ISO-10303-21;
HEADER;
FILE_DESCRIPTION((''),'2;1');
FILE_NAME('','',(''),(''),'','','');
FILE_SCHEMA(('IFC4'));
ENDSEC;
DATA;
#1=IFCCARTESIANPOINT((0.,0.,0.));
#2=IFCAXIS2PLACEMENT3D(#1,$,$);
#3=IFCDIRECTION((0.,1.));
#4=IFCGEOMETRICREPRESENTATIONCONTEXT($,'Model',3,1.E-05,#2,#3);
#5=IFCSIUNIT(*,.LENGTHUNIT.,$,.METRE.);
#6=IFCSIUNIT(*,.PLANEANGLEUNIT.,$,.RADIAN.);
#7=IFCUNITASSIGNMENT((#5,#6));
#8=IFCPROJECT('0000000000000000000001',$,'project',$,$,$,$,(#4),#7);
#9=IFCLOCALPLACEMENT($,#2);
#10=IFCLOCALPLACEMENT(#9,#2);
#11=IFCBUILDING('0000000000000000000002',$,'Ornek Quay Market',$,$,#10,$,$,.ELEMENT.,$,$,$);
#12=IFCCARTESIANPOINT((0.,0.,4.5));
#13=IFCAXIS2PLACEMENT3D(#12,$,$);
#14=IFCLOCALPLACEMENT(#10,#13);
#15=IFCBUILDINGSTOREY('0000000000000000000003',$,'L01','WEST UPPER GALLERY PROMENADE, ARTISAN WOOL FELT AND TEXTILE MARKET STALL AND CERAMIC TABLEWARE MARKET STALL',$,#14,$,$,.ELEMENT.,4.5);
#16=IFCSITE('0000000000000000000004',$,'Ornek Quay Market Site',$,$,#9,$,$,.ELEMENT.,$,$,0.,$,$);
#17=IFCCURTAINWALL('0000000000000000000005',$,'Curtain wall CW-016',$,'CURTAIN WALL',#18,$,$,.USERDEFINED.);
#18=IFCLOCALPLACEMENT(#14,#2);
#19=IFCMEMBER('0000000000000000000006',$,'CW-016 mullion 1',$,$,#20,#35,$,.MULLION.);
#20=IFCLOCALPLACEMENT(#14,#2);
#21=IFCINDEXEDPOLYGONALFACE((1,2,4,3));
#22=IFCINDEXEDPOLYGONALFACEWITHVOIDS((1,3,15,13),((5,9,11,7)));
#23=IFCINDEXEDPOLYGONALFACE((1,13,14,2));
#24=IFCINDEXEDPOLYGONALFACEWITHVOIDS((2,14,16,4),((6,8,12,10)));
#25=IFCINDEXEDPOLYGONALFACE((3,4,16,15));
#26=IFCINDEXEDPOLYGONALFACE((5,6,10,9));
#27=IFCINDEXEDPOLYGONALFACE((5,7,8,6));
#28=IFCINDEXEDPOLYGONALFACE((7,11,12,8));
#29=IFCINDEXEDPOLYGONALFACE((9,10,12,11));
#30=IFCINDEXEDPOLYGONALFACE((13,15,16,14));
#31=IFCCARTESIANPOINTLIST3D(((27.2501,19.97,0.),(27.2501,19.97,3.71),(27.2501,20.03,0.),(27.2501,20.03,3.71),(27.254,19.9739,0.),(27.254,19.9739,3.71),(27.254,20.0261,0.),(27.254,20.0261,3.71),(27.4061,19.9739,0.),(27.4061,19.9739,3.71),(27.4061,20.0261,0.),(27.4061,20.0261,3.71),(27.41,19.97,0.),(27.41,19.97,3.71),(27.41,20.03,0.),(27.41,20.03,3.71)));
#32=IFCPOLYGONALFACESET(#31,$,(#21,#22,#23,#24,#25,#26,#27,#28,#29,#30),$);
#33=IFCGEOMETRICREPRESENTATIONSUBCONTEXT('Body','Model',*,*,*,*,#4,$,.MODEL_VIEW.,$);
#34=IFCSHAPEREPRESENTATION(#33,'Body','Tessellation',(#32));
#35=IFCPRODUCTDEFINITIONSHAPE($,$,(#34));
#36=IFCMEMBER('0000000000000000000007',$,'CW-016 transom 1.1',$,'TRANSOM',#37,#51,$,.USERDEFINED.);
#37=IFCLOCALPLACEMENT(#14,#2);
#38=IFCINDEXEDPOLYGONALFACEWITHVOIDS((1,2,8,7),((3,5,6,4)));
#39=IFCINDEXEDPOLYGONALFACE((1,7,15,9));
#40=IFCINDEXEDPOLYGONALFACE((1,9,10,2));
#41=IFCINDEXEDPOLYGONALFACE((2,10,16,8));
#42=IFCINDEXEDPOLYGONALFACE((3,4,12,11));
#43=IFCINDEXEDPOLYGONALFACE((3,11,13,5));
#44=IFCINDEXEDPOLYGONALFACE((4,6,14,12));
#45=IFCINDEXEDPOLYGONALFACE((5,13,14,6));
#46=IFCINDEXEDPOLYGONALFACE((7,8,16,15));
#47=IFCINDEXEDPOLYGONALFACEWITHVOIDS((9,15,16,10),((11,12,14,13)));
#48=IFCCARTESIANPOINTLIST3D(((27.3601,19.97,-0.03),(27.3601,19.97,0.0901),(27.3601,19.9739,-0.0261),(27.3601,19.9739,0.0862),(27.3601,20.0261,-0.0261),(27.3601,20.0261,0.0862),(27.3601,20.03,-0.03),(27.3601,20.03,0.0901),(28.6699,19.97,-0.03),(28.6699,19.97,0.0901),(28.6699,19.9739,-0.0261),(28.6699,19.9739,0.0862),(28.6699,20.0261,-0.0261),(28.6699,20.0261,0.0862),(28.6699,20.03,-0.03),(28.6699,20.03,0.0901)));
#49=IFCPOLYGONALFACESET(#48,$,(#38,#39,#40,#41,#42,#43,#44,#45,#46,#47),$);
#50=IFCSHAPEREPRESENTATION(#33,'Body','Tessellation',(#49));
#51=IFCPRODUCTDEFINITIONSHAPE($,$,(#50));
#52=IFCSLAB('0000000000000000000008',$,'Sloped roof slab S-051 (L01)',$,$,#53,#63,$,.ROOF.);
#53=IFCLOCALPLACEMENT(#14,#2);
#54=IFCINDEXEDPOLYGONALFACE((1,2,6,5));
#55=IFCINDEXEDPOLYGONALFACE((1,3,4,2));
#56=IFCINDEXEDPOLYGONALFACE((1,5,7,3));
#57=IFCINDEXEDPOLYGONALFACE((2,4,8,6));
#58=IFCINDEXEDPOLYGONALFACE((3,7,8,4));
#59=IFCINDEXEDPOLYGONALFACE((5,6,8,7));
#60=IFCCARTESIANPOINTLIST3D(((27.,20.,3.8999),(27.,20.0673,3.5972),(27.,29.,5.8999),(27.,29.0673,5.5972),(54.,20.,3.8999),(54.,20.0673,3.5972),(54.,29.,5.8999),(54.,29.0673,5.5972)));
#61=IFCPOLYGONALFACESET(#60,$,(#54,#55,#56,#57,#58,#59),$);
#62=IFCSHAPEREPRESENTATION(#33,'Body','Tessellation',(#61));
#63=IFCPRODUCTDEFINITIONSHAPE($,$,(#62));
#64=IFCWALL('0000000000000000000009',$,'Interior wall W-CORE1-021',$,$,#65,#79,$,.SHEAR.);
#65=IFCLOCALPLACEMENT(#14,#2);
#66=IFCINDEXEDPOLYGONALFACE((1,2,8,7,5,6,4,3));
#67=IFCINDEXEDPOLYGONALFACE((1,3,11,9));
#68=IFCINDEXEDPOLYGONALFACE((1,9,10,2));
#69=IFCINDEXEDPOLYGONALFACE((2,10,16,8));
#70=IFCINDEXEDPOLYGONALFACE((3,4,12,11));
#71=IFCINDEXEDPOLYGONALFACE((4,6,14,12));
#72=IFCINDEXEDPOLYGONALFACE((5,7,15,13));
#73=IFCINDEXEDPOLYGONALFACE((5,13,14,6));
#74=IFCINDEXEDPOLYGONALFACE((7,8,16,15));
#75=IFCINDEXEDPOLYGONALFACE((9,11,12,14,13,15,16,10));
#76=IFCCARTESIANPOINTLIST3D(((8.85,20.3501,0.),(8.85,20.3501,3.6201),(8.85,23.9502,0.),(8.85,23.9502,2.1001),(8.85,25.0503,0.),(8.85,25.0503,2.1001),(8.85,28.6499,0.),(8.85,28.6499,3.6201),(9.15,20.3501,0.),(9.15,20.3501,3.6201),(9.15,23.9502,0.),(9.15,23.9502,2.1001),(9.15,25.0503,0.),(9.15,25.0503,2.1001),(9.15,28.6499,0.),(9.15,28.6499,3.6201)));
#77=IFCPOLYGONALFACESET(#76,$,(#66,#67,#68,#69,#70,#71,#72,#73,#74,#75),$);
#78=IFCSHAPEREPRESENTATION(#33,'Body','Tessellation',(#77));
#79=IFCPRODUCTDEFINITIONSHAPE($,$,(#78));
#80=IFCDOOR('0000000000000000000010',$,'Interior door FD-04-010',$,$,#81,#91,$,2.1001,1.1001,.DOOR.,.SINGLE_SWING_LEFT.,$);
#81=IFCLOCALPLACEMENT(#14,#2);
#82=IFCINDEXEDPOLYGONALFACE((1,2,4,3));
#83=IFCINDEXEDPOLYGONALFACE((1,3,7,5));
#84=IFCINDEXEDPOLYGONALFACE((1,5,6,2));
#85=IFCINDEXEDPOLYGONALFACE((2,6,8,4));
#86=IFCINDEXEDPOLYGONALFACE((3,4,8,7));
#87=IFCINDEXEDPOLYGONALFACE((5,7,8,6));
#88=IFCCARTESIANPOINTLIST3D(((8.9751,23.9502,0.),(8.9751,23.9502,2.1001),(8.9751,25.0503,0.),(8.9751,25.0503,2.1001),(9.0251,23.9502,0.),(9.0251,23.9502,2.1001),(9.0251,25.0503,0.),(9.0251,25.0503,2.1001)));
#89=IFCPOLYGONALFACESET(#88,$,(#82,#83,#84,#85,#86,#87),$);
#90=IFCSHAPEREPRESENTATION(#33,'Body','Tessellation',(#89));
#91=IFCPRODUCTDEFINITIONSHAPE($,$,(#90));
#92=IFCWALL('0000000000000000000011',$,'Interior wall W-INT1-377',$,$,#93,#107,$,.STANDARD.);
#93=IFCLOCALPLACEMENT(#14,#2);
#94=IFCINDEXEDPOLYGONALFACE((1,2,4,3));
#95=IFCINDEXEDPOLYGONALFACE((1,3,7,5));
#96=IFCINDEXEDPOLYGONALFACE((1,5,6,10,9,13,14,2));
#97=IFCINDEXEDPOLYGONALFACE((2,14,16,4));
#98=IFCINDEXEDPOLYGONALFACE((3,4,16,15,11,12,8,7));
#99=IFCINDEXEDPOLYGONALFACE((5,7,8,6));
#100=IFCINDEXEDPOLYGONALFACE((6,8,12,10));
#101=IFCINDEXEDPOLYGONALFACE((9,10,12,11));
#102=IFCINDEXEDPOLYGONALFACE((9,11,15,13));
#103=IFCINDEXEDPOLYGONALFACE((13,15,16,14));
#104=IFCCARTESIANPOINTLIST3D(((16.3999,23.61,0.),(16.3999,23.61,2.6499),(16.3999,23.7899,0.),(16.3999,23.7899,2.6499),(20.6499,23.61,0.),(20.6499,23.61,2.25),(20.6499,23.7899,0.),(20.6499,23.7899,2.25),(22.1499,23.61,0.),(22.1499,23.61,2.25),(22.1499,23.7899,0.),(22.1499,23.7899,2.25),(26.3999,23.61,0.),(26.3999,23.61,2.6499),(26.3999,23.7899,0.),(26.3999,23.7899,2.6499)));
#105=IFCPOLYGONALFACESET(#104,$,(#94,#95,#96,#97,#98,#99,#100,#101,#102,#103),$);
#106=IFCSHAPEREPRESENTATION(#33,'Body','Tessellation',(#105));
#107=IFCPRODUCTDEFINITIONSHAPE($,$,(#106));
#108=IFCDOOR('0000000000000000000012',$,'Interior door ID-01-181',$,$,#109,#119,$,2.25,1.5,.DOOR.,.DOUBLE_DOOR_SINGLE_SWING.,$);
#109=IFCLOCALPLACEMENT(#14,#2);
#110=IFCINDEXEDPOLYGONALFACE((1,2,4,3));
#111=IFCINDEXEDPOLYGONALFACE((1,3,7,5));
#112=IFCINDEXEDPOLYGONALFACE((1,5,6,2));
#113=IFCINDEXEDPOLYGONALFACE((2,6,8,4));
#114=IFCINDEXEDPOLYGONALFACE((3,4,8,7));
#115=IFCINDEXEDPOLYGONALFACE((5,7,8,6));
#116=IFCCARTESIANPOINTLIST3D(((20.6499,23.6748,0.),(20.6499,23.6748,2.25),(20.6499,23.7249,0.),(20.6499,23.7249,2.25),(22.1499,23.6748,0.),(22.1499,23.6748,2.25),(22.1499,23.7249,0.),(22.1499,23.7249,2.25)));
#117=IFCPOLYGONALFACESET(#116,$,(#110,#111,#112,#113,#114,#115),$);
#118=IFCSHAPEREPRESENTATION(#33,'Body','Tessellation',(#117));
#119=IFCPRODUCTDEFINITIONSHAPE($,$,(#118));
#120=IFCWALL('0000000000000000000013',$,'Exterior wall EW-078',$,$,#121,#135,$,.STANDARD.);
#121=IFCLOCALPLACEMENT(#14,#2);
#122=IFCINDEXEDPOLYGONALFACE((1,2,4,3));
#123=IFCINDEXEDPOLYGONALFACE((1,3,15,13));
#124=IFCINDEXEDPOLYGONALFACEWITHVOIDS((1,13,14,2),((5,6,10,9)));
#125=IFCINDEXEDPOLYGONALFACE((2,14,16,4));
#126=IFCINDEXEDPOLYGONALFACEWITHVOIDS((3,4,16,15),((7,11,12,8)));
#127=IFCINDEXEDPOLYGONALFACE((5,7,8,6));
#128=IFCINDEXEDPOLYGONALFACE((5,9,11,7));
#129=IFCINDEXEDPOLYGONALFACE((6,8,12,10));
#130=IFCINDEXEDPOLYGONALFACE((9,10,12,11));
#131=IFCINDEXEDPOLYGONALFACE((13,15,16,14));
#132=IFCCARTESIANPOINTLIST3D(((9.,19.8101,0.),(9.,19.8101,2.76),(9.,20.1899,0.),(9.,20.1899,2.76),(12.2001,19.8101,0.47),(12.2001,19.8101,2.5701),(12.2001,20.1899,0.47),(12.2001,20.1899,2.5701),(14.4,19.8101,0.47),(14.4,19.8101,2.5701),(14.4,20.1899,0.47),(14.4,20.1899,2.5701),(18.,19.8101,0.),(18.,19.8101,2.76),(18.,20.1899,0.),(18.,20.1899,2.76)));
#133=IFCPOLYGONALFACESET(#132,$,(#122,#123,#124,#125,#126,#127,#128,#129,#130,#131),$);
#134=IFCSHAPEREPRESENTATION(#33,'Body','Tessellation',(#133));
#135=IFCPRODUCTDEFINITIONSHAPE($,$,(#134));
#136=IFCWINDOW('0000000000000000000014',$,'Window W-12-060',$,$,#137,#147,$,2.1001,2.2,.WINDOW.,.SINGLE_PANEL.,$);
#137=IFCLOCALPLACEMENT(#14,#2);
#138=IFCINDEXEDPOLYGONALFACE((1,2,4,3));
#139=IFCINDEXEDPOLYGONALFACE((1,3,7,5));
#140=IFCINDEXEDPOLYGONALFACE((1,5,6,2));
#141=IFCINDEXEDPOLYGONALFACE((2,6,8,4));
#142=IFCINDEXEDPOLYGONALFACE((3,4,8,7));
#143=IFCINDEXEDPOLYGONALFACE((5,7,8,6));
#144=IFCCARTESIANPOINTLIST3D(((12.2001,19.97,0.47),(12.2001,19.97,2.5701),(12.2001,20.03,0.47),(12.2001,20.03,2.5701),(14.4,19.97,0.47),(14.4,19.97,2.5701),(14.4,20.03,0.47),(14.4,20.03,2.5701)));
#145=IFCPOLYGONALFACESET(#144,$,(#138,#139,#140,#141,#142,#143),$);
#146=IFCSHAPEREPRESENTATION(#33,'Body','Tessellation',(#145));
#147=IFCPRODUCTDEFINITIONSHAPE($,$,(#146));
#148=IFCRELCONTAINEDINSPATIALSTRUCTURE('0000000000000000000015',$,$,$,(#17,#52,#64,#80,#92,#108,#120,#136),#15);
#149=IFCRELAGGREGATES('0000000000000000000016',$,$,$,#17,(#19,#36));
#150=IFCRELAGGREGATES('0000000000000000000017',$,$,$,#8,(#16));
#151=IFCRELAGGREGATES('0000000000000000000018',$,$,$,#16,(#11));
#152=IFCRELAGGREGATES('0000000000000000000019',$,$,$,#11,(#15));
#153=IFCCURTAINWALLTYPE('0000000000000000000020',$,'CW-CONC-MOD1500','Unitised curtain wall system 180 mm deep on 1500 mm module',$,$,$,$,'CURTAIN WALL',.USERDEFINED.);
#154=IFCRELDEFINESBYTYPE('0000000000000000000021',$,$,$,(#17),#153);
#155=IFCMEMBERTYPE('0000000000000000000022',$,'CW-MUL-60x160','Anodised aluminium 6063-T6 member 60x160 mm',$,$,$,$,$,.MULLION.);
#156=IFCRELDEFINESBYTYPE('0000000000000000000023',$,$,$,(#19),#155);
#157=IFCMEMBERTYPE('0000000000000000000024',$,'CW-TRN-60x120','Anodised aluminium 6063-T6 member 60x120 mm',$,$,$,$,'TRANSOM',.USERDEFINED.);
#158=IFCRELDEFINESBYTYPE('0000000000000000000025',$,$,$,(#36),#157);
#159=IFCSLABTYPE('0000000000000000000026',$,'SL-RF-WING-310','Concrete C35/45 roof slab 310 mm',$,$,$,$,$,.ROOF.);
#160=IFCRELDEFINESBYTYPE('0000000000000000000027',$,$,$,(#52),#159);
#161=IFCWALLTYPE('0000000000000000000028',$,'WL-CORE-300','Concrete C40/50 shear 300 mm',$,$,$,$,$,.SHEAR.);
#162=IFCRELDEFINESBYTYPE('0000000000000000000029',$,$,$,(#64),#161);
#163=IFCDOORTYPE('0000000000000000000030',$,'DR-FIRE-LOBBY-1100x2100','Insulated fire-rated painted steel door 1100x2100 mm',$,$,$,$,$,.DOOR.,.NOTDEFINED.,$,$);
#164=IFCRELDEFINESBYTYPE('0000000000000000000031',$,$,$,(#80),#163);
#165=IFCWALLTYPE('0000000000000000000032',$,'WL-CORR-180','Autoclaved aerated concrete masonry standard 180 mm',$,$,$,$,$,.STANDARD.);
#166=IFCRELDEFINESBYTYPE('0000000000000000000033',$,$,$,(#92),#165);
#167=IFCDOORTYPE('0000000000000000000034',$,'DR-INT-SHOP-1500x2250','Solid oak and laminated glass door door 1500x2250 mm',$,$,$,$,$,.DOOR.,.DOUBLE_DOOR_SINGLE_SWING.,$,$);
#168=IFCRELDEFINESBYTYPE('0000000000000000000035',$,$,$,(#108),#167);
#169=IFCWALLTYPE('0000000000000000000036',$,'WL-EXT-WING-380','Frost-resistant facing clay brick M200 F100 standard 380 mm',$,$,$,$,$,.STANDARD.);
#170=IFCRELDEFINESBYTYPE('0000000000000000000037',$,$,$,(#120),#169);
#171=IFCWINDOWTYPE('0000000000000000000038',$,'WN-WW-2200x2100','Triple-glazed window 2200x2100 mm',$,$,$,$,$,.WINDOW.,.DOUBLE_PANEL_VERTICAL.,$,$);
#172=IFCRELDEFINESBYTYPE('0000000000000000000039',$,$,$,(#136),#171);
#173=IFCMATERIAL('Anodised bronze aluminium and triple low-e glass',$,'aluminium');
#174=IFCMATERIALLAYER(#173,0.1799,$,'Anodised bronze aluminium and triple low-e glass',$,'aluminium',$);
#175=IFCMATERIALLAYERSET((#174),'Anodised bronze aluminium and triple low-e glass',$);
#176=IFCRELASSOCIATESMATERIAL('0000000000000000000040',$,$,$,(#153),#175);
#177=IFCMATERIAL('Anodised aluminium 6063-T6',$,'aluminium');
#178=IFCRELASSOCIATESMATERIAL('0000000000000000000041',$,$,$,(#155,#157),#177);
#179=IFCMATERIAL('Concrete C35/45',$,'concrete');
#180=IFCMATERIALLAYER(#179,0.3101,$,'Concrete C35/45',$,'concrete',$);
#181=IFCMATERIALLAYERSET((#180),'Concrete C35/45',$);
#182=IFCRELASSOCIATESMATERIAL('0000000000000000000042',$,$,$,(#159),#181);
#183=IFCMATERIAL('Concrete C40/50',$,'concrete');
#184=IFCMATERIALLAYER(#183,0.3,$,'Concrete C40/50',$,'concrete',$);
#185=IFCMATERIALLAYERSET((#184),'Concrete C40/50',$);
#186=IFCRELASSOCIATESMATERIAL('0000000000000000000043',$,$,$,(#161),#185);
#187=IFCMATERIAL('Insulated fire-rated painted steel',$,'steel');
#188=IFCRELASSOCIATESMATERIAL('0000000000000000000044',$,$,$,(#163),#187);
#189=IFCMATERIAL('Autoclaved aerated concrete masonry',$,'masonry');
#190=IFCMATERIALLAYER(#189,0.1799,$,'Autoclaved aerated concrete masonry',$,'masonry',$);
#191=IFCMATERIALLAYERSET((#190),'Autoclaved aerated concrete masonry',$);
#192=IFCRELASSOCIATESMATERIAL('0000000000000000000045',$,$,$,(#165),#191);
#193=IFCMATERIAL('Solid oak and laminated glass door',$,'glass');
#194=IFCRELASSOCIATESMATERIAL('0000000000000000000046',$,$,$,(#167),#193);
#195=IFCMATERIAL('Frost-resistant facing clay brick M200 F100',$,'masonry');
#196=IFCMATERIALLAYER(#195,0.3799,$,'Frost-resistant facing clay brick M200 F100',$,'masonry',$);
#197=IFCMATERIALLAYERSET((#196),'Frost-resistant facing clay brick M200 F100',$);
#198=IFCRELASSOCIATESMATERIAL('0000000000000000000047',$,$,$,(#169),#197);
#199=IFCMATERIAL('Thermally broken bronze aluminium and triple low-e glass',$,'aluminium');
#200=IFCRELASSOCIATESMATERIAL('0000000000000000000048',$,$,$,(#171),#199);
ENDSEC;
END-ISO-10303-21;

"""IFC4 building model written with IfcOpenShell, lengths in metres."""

from ifc_helpers import new_model, si_unit, direction, frame, frame_2d, origin, origin_2d, place, context, subcontext, project, spatial, polyline, rectangle, hollow_rectangle, outline, extrude, material, layer, layer_set, material_profile, profile_set, type_object, element, fill, aggregate, save


model = new_model("IFC4")

# Units and contexts
model_context = context("Model", 3, precision=1e-05, world=origin(), true_north=direction((0.0, 1.0)))
body_context = subcontext(model_context, "Body", "Model", "MODEL_VIEW")
ifc_project = project(units=[si_unit("LENGTHUNIT", "METRE"), si_unit("PLANEANGLEUNIT", "RADIAN")], contexts=[model_context])

# Site, building, storey
site_placement = place(None, origin())
site = spatial("IfcSite", under=ifc_project, at=site_placement, Name="Ornek Quay Market Site", CompositionType="ELEMENT", RefElevation=0.0)
building_placement = place(site_placement, origin())
building = spatial("IfcBuilding", under=site, at=building_placement, Name="Ornek Quay Market", CompositionType="ELEMENT")
storey_placement = place(building_placement, frame((0.0, 0.0, 4.5)))
storey = spatial("IfcBuildingStorey", under=building, at=storey_placement, Name="L01", Description="WEST UPPER GALLERY PROMENADE, ARTISAN WOOL FELT AND TEXTILE MARKET STALL AND CERAMIC TABLEWARE MARKET STALL", CompositionType="ELEMENT", Elevation=4.5)

# Shared definitions
ifc_material_1 = material(Name="Concrete C40/50", Category="concrete")

# Shared definitions
ifc_material_2 = material(Name="Concrete C35/45", Category="concrete")

# Curtain wall, members
ifc_material_3 = material(Name="Anodised bronze aluminium and triple low-e glass", Category="aluminium")
ifc_layer_1 = layer(ifc_material_3, 0.1799, Name="Anodised bronze aluminium and triple low-e glass", Category="aluminium")
ifc_layer_set_1 = layer_set([ifc_layer_1], Name="Anodised bronze aluminium and triple low-e glass")
curtain_wall_type = type_object("IfcCurtainWallType", Name="CW-CONC-MOD1500", Description="Unitised curtain wall system 180 mm deep on 1500 mm module", ElementType="CURTAIN WALL", PredefinedType="USERDEFINED", material=ifc_layer_set_1)
curtain_wall_placement = place(storey_placement, origin())
curtain_wall = element("IfcCurtainWall", 1, at=curtain_wall_placement, inside=storey, type_object=curtain_wall_type, Name="Curtain wall CW-016", ObjectType="CURTAIN WALL", PredefinedType="USERDEFINED")
ifc_material_4 = material(Name="Anodised aluminium 6063-T6", Category="aluminium")
ifc_material_profile_1 = material_profile(ifc_material_4, hollow_rectangle(XDim=0.0601, YDim=0.1599, WallThickness=0.0039, at=origin_2d()), Name="CW-MUL-60x160", Category="aluminium")
ifc_profile_set_1 = profile_set([ifc_material_profile_1], Name="Anodised aluminium 6063-T6")
member_type_1 = type_object("IfcMemberType", Name="CW-MUL-60x160", Description="Anodised aluminium 6063-T6 member 60x160 mm", PredefinedType="MULLION", material=ifc_profile_set_1)
member_1_placement = place(storey_placement, frame((27.3301, 20.0, 0.0), z_axis=(0.0, 0.0, 1.0), x_axis=(0.0, 1.0, 0.0)))
member_1 = element("IfcMember", 2, at=member_1_placement, type_object=member_type_1, Name="CW-016 mullion 1", PredefinedType="MULLION", context=body_context, shape_type="SweptSolid", body=[
    extrude(hollow_rectangle(XDim=0.0601, YDim=0.1599, WallThickness=0.0039, at=origin_2d()), origin(), (0.0, 0.0, 1.0), 3.71),
])
ifc_material_profile_2 = material_profile(ifc_material_4, hollow_rectangle(XDim=0.0601, YDim=0.1201, WallThickness=0.0039, at=origin_2d()), Name="CW-TRN-60x120", Category="aluminium")
ifc_profile_set_2 = profile_set([ifc_material_profile_2], Name="Anodised aluminium 6063-T6")
member_type_2 = type_object("IfcMemberType", Name="CW-TRN-60x120", Description="Anodised aluminium 6063-T6 member 60x120 mm", ElementType="TRANSOM", PredefinedType="USERDEFINED", material=ifc_profile_set_2)
member_2_placement = place(storey_placement, frame((27.3601, 20.0, 0.03), z_axis=(1.0, 0.0, 0.0), x_axis=(0.0, 1.0, 0.0)))
member_2 = element("IfcMember", 3, at=member_2_placement, type_object=member_type_2, Name="CW-016 transom 1.1", ObjectType="TRANSOM", PredefinedType="USERDEFINED", context=body_context, shape_type="SweptSolid", body=[
    extrude(hollow_rectangle(XDim=0.0601, YDim=0.1201, WallThickness=0.0039, at=origin_2d()), origin(), (0.0, 0.0, 1.0), 1.3098),
])
aggregate(curtain_wall, [member_1, member_2])

# Slab
ifc_layer_2 = layer(ifc_material_2, 0.3101, Name="Concrete C35/45", Category="concrete")
ifc_layer_set_2 = layer_set([ifc_layer_2], Name="Concrete C35/45")
slab_type = type_object("IfcSlabType", Name="SL-RF-WING-310", Description="Concrete C35/45 roof slab 310 mm", PredefinedType="ROOF", material=ifc_layer_set_2)
slab_placement = place(storey_placement, frame((27.0, 20.0, 3.8999), z_axis=(0.0, -0.21693, 0.976187), x_axis=(1.0, 0.0, 0.0)))
element("IfcSlab", 4, at=slab_placement, inside=storey, type_object=slab_type, Name="Sloped roof slab S-051 (L01)", PredefinedType="ROOF", context=body_context, shape_type="SweptSolid", body=[
    extrude(outline(polyline([(0.0, 0.0), (27.0, 0.0), (27.0, 9.2195), (0.0, 9.2195), (0.0, 0.0)])), origin(), (0.0, 0.0, -1.0), 0.3101),
])

# Walls, openings, doors
ifc_layer_3 = layer(ifc_material_1, 0.3, Name="Concrete C40/50", Category="concrete")
ifc_layer_set_3 = layer_set([ifc_layer_3], Name="Concrete C40/50")
wall_type_1 = type_object("IfcWallType", Name="WL-CORE-300", Description="Concrete C40/50 shear 300 mm", PredefinedType="SHEAR", material=ifc_layer_set_3)
wall_1_placement = place(storey_placement, frame((9.0, 20.3501, 0.0), z_axis=(0.0, 0.0, 1.0), x_axis=(0.0, 1.0, 0.0)))
wall_1 = element("IfcWall", 5, at=wall_1_placement, inside=storey, type_object=wall_type_1, Name="Interior wall W-CORE1-021", PredefinedType="SHEAR", context=body_context, shape_type="SweptSolid", body=[
    extrude(rectangle(XDim=8.2998, YDim=0.3, at=frame_2d((4.1499, 0.0))), origin(), (0.0, 0.0, 1.0), 3.6201),
])
opening_1_placement = place(wall_1_placement, frame((3.6001, 0.0, 0.0)))
opening_1 = element("IfcOpeningElement", 6, at=opening_1_placement, cuts=wall_1, PredefinedType="OPENING", context=body_context, shape_type="SweptSolid", body=[
    extrude(rectangle(XDim=1.1001, YDim=2.1001, at=frame_2d((0.55, 1.05))), frame((0.0, 0.1599, 0.0), z_axis=(0.0, -1.0, 0.0), x_axis=(1.0, 0.0, 0.0)), (0.0, 0.0, 1.0), 0.3201),
])
ifc_material_5 = material(Name="Insulated fire-rated painted steel", Category="steel")
door_type_1 = type_object("IfcDoorType", Name="DR-FIRE-LOBBY-1100x2100", Description="Insulated fire-rated painted steel door 1100x2100 mm", OperationType="NOTDEFINED", PredefinedType="DOOR", material=ifc_material_5)
door_1_placement = place(opening_1_placement, origin())
door_1 = element("IfcDoor", 7, at=door_1_placement, inside=storey, type_object=door_type_1, Name="Interior door FD-04-010", OperationType="SINGLE_SWING_LEFT", OverallHeight=2.1001, OverallWidth=1.1001, PredefinedType="DOOR", context=body_context, shape_type="SweptSolid", body=[
    extrude(rectangle(XDim=1.1001, YDim=2.1001, at=frame_2d((0.55, 1.05))), frame((0.0, 0.0249, 0.0), z_axis=(0.0, -1.0, 0.0), x_axis=(1.0, 0.0, 0.0)), (0.0, 0.0, 1.0), 0.05),
])
fill(opening_1, door_1)
ifc_material_6 = material(Name="Autoclaved aerated concrete masonry", Category="masonry")
ifc_layer_4 = layer(ifc_material_6, 0.1799, Name="Autoclaved aerated concrete masonry", Category="masonry")
ifc_layer_set_4 = layer_set([ifc_layer_4], Name="Autoclaved aerated concrete masonry")
wall_type_2 = type_object("IfcWallType", Name="WL-CORR-180", Description="Autoclaved aerated concrete masonry standard 180 mm", PredefinedType="STANDARD", material=ifc_layer_set_4)
wall_2_placement = place(storey_placement, frame((16.3999, 23.7, 0.0), z_axis=(0.0, 0.0, 1.0), x_axis=(1.0, 0.0, 0.0)))
wall_2 = element("IfcWall", 8, at=wall_2_placement, inside=storey, type_object=wall_type_2, Name="Interior wall W-INT1-377", PredefinedType="STANDARD", context=body_context, shape_type="SweptSolid", body=[
    extrude(rectangle(XDim=10.0, YDim=0.1799, at=frame_2d((5.0, 0.0))), origin(), (0.0, 0.0, 1.0), 2.6499),
])
opening_2_placement = place(wall_2_placement, frame((4.25, 0.0, 0.0)))
opening_2 = element("IfcOpeningElement", 9, at=opening_2_placement, cuts=wall_2, PredefinedType="OPENING", context=body_context, shape_type="SweptSolid", body=[
    extrude(rectangle(XDim=1.5, YDim=2.25, at=frame_2d((0.75, 1.125))), frame((0.0, 0.0999, 0.0), z_axis=(0.0, -1.0, 0.0), x_axis=(1.0, 0.0, 0.0)), (0.0, 0.0, 1.0), 0.2),
])
ifc_material_7 = material(Name="Solid oak and laminated glass door", Category="glass")
door_type_2 = type_object("IfcDoorType", Name="DR-INT-SHOP-1500x2250", Description="Solid oak and laminated glass door door 1500x2250 mm", OperationType="DOUBLE_DOOR_SINGLE_SWING", PredefinedType="DOOR", material=ifc_material_7)
door_2_placement = place(opening_2_placement, origin())
door_2 = element("IfcDoor", 10, at=door_2_placement, inside=storey, type_object=door_type_2, Name="Interior door ID-01-181", OperationType="DOUBLE_DOOR_SINGLE_SWING", OverallHeight=2.25, OverallWidth=1.5, PredefinedType="DOOR", context=body_context, shape_type="SweptSolid", body=[
    extrude(rectangle(XDim=1.5, YDim=2.25, at=frame_2d((0.75, 1.125))), frame((0.0, 0.0249, 0.0), z_axis=(0.0, -1.0, 0.0), x_axis=(1.0, 0.0, 0.0)), (0.0, 0.0, 1.0), 0.05),
])
fill(opening_2, door_2)

# Wall, opening, window
ifc_material_8 = material(Name="Frost-resistant facing clay brick M200 F100", Category="masonry")
ifc_layer_5 = layer(ifc_material_8, 0.3799, Name="Frost-resistant facing clay brick M200 F100", Category="masonry")
ifc_layer_set_5 = layer_set([ifc_layer_5], Name="Frost-resistant facing clay brick M200 F100")
wall_type_3 = type_object("IfcWallType", Name="WL-EXT-WING-380", Description="Frost-resistant facing clay brick M200 F100 standard 380 mm", PredefinedType="STANDARD", material=ifc_layer_set_5)
wall_3_placement = place(storey_placement, frame((9.0, 20.0, 0.0), z_axis=(0.0, 0.0, 1.0), x_axis=(1.0, 0.0, 0.0)))
wall_3 = element("IfcWall", 11, at=wall_3_placement, inside=storey, type_object=wall_type_3, Name="Exterior wall EW-078", PredefinedType="STANDARD", context=body_context, shape_type="SweptSolid", body=[
    extrude(rectangle(XDim=9.0, YDim=0.3799, at=frame_2d((4.5, 0.0))), origin(), (0.0, 0.0, 1.0), 2.76),
])
opening_3_placement = place(wall_3_placement, frame((3.2, 0.0, 0.47)))
opening_3 = element("IfcOpeningElement", 12, at=opening_3_placement, cuts=wall_3, PredefinedType="OPENING", context=body_context, shape_type="SweptSolid", body=[
    extrude(rectangle(XDim=2.2, YDim=2.1001, at=frame_2d((1.1001, 1.05))), frame((0.0, 0.2, 0.0), z_axis=(0.0, -1.0, 0.0), x_axis=(1.0, 0.0, 0.0)), (0.0, 0.0, 1.0), 0.3999),
])
ifc_material_9 = material(Name="Thermally broken bronze aluminium and triple low-e glass", Category="aluminium")
window_type = type_object("IfcWindowType", Name="WN-WW-2200x2100", Description="Triple-glazed window 2200x2100 mm", PartitioningType="DOUBLE_PANEL_VERTICAL", PredefinedType="WINDOW", material=ifc_material_9)
window_1_placement = place(opening_3_placement, origin())
window_1 = element("IfcWindow", 13, at=window_1_placement, inside=storey, type_object=window_type, Name="Window W-12-060", OverallHeight=2.1001, OverallWidth=2.2, PartitioningType="SINGLE_PANEL", PredefinedType="WINDOW", context=body_context, shape_type="SweptSolid", body=[
    extrude(rectangle(XDim=2.2, YDim=2.1001, at=frame_2d((1.1001, 1.05))), frame((0.0, 0.03, 0.0), z_axis=(0.0, -1.0, 0.0), x_axis=(1.0, 0.0, 0.0)), (0.0, 0.0, 1.0), 0.0601),
])
fill(opening_3, window_1)

save(model, "model.ifc")
